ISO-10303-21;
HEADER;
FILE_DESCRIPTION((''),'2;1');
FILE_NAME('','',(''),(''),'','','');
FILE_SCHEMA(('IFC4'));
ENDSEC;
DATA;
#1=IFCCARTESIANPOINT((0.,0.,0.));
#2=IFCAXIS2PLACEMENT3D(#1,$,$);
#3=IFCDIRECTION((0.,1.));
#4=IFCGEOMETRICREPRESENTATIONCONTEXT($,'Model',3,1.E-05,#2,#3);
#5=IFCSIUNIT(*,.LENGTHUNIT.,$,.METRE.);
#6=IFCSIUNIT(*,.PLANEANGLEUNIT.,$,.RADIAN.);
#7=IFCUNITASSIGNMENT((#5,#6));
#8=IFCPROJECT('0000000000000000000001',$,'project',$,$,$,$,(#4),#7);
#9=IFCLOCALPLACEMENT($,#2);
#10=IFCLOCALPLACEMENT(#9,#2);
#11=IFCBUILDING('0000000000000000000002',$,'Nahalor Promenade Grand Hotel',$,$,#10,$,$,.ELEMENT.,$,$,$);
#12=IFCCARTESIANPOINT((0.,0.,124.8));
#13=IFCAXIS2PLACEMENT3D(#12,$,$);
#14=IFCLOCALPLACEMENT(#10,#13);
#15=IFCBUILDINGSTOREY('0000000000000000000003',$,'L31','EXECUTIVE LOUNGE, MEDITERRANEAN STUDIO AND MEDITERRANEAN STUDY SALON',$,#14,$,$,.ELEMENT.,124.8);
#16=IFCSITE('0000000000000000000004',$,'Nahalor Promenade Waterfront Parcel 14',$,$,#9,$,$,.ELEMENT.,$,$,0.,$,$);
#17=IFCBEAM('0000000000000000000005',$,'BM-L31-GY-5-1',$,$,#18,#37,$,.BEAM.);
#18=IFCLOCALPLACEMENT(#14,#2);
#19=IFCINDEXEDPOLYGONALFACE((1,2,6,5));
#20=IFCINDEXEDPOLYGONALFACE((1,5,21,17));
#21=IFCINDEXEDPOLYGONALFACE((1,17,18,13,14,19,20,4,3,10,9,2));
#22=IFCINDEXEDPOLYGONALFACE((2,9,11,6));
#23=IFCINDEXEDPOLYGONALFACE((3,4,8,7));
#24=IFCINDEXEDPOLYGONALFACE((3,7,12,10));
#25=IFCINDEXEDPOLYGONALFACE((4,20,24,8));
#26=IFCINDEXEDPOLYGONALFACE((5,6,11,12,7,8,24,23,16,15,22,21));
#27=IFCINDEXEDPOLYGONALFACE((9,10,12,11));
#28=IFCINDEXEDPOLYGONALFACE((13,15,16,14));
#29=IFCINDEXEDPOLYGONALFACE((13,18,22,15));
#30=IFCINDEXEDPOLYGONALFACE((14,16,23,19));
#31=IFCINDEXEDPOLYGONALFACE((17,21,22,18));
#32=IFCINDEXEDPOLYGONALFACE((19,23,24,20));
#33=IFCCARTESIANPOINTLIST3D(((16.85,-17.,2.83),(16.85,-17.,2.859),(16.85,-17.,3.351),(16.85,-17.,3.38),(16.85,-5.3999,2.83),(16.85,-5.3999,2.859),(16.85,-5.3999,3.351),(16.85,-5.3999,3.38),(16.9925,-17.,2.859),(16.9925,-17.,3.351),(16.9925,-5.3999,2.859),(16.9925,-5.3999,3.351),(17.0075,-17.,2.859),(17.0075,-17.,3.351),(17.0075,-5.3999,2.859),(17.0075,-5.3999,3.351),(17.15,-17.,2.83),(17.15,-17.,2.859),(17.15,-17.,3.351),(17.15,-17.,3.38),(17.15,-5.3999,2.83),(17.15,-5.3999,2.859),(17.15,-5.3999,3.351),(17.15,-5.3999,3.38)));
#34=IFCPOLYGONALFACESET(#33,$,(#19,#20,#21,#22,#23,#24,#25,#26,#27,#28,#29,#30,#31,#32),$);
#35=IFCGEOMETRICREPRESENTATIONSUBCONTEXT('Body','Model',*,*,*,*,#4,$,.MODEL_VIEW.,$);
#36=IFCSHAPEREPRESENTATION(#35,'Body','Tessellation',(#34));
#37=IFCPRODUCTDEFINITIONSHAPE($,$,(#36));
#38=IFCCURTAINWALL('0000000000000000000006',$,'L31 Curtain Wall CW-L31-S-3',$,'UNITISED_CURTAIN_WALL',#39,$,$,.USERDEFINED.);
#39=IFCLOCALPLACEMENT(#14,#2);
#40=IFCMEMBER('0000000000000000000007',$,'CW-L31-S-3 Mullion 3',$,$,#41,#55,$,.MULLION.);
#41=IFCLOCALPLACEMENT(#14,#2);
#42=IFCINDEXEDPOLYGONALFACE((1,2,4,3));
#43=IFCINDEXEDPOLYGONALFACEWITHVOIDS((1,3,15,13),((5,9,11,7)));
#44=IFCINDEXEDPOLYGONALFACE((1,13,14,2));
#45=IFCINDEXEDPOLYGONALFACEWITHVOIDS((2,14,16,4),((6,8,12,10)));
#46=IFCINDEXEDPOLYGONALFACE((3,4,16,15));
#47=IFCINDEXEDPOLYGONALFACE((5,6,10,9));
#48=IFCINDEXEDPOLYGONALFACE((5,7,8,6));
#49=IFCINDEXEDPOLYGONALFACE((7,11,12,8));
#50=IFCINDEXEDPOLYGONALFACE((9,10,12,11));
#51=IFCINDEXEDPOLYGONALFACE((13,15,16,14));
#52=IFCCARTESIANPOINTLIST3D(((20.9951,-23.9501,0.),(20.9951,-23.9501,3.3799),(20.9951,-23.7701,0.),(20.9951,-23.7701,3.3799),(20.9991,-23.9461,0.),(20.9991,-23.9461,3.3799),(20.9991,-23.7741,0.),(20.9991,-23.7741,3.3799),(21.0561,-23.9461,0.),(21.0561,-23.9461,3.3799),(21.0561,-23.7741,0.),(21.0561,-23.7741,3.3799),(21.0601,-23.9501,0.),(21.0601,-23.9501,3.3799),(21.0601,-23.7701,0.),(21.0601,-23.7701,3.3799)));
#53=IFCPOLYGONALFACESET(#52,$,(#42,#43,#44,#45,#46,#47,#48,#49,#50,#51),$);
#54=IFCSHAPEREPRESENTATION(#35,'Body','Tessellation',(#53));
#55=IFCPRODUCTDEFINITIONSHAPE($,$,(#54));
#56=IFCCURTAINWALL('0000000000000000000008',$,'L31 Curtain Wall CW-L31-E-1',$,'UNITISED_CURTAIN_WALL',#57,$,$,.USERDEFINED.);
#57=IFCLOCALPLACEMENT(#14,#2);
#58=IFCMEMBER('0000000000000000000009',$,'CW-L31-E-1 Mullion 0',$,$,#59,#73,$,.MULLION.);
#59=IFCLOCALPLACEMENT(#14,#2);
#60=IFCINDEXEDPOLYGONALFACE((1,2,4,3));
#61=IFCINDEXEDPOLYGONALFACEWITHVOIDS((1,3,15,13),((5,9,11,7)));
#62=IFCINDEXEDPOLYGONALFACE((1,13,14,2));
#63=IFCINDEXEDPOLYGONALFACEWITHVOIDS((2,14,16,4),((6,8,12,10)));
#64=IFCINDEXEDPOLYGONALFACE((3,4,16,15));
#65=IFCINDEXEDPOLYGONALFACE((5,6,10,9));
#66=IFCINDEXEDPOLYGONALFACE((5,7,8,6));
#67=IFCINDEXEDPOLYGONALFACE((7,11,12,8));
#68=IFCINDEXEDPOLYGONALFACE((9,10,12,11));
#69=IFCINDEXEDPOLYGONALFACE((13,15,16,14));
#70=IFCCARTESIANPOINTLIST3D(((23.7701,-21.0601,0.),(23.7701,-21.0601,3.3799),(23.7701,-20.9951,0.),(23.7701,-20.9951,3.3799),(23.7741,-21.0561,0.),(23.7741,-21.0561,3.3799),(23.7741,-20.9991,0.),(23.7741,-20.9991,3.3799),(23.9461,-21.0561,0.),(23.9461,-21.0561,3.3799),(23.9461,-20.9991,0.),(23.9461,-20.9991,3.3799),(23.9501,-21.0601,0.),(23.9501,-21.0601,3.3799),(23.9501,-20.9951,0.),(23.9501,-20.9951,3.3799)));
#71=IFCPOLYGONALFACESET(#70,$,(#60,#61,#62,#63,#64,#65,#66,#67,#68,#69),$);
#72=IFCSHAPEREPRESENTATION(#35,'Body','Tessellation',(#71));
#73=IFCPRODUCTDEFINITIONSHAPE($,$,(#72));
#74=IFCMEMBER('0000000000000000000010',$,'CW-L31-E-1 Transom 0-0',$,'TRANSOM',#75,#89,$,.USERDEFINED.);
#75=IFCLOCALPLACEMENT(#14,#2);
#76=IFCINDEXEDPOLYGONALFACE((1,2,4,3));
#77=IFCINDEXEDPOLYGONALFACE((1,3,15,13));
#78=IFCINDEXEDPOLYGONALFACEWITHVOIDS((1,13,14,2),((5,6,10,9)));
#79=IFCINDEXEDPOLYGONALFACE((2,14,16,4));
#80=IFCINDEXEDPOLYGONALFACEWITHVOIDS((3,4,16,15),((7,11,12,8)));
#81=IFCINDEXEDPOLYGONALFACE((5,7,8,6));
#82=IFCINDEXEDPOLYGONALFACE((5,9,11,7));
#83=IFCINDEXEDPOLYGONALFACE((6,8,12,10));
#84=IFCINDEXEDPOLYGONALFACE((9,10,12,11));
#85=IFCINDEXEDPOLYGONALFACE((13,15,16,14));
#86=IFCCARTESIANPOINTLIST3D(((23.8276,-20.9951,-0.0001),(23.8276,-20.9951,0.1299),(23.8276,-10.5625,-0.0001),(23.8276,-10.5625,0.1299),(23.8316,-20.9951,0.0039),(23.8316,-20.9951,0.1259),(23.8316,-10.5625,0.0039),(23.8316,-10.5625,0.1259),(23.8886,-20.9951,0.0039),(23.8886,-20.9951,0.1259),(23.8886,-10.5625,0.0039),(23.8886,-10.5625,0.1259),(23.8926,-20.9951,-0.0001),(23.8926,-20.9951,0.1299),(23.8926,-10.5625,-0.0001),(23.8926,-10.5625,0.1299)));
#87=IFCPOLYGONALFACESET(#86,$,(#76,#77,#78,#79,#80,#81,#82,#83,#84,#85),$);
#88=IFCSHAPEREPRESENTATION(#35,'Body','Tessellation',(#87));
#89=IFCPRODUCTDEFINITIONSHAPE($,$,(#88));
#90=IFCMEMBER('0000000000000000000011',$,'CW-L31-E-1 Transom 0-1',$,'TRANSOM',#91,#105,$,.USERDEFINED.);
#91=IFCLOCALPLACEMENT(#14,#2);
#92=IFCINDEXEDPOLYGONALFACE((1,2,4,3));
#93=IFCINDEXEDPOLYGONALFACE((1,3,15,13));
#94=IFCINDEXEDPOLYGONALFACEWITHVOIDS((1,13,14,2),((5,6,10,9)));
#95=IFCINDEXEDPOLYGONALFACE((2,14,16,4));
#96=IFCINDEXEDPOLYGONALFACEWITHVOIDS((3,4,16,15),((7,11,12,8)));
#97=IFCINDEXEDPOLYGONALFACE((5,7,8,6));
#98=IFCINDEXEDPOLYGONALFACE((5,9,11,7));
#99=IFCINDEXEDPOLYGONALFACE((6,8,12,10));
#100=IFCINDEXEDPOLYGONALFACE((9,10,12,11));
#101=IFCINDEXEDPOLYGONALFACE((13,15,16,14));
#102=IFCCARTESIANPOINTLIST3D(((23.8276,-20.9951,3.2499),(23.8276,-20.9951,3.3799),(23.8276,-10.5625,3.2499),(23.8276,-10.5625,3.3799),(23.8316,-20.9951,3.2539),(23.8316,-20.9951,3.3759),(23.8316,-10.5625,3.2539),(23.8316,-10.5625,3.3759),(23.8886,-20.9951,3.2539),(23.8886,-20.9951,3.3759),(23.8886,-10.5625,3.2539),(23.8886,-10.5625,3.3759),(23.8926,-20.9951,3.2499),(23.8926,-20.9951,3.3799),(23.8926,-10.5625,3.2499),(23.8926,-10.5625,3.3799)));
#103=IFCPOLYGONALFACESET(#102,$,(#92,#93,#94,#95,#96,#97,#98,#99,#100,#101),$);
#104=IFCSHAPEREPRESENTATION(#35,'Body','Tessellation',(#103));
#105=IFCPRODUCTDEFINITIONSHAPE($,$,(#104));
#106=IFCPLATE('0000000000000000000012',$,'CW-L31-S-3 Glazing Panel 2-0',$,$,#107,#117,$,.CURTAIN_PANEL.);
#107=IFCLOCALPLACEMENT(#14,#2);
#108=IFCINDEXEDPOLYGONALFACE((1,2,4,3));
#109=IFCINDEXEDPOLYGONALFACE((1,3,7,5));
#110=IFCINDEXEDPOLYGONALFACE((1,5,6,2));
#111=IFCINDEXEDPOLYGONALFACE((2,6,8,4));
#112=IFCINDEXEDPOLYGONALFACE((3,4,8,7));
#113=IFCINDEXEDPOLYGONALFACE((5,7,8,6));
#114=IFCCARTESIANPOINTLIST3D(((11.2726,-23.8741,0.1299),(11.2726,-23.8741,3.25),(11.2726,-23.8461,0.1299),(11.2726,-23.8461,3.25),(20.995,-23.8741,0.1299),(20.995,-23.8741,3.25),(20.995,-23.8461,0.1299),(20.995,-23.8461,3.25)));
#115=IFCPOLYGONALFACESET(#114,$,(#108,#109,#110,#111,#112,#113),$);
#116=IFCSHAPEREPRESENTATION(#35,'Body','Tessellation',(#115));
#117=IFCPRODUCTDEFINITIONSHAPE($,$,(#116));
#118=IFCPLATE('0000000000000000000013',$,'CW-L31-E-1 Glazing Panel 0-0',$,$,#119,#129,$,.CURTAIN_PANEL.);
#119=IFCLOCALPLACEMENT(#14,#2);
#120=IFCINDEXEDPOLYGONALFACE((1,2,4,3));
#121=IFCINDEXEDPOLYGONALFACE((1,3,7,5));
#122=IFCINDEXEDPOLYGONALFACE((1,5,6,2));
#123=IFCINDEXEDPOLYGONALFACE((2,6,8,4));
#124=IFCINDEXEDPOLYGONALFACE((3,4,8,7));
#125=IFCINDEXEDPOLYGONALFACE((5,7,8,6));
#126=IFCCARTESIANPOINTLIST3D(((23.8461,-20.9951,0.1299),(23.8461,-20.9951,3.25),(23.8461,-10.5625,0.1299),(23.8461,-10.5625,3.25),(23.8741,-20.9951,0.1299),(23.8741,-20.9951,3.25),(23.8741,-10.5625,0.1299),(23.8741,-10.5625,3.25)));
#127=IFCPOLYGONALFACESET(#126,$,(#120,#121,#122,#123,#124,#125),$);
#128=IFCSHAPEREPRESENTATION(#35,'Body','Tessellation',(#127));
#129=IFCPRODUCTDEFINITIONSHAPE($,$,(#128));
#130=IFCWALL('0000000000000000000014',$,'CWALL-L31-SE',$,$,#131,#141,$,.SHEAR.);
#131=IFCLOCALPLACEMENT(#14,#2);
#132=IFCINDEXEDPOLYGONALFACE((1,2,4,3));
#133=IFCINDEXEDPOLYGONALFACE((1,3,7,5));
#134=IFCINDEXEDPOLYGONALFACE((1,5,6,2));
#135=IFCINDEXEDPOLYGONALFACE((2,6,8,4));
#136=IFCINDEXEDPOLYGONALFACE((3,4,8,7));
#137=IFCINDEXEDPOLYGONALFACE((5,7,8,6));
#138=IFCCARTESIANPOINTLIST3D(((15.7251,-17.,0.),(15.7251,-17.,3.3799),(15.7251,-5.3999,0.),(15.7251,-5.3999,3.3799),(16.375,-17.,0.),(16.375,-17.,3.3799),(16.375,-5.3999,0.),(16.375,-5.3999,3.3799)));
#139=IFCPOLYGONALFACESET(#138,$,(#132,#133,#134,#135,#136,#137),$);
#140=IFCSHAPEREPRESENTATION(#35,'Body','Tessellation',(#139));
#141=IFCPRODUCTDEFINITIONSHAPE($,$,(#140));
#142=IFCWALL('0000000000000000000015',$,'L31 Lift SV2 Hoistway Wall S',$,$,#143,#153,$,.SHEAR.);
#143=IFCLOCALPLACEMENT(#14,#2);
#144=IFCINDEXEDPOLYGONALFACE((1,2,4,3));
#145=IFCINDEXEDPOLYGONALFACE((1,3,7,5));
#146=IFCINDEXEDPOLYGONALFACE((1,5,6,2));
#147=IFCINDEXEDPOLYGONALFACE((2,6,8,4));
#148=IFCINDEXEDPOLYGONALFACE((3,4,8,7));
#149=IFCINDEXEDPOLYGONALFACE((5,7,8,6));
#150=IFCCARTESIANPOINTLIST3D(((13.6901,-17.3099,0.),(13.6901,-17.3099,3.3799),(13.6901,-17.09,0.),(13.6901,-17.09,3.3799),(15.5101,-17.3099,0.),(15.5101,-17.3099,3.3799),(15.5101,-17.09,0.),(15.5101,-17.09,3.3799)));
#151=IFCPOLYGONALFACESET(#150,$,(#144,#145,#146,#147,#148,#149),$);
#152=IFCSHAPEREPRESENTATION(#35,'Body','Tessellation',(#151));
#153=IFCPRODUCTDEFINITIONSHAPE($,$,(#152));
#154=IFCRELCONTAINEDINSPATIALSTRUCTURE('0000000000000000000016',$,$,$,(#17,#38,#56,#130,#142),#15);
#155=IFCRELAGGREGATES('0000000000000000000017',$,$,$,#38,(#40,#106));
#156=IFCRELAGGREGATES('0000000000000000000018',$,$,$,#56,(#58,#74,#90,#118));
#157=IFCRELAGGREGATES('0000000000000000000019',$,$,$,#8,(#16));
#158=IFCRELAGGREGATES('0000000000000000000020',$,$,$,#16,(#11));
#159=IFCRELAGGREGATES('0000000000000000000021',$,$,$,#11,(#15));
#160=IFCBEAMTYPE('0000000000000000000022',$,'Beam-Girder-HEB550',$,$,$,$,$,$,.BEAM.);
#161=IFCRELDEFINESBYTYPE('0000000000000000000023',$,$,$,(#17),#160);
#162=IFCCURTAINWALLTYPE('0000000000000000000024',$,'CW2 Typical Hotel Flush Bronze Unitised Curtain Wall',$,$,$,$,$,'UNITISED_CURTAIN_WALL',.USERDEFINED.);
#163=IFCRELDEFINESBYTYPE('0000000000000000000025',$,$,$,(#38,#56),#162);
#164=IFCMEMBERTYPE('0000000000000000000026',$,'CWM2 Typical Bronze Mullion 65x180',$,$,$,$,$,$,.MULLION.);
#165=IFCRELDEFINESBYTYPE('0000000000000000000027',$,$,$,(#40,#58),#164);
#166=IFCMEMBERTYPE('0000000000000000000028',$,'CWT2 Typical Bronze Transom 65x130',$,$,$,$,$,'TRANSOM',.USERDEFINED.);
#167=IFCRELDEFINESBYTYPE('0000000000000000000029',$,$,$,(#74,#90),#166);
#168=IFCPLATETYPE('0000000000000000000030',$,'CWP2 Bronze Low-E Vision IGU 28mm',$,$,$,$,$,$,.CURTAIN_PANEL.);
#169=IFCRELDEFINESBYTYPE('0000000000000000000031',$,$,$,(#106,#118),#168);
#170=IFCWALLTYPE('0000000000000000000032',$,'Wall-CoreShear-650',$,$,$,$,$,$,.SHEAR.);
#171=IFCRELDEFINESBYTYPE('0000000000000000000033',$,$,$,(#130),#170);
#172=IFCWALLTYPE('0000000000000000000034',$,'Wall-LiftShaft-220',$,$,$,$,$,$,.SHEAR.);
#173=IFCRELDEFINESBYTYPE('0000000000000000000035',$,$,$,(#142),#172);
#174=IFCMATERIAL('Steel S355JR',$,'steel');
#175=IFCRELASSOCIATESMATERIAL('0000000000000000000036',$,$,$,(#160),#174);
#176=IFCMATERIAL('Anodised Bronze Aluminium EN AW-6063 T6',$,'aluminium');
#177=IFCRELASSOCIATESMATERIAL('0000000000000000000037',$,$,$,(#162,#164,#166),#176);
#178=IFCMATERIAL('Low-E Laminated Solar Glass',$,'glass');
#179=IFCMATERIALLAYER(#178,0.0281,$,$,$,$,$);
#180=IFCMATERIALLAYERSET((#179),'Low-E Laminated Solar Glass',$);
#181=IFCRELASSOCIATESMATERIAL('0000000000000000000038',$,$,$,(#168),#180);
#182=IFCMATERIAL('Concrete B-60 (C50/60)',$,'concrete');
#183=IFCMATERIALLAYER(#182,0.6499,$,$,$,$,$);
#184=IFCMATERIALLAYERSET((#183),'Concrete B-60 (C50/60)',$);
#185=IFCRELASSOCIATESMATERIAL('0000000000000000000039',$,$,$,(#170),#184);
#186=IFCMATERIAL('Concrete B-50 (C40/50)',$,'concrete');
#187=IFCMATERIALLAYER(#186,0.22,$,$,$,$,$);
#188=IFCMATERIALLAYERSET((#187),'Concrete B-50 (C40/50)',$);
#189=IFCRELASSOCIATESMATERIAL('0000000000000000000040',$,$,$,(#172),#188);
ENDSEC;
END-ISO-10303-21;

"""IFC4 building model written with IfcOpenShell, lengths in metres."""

from ifc_helpers import new_model, si_unit, direction, frame, frame_2d, origin, origin_2d, place, context, subcontext, project, spatial, rectangle, hollow_rectangle, i_section, extrude, source, transform, mapped, material, layer, layer_set, material_profile, profile_set, type_object, element, aggregate, save


model = new_model("IFC4")

# Units and contexts
model_context = context("Model", 3, precision=1e-05, world=origin(), true_north=direction((0.0, 1.0)))
body_context = subcontext(model_context, "Body", "Model", "MODEL_VIEW")
ifc_project = project(units=[si_unit("LENGTHUNIT", "METRE"), si_unit("PLANEANGLEUNIT", "RADIAN")], contexts=[model_context])

# Site, building, storey
site_placement = place(None, origin())
site = spatial("IfcSite", under=ifc_project, at=site_placement, Name="Nahalor Promenade Waterfront Parcel 14", CompositionType="ELEMENT", RefElevation=0.0)
building_placement = place(site_placement, origin())
building = spatial("IfcBuilding", under=site, at=building_placement, Name="Nahalor Promenade Grand Hotel", CompositionType="ELEMENT")
storey_placement = place(building_placement, frame((0.0, 0.0, 124.8)))
storey = spatial("IfcBuildingStorey", under=building, at=storey_placement, Name="L31", Description="EXECUTIVE LOUNGE, MEDITERRANEAN STUDIO AND MEDITERRANEAN STUDY SALON", CompositionType="ELEMENT", Elevation=124.8)

# Shared definitions
ifc_material_1 = material(Name="Concrete B-60 (C50/60)", Category="concrete")

# Beam
ifc_material_2 = material(Name="Steel S355JR", Category="steel")
ifc_material_profile_1 = material_profile(ifc_material_2, i_section(OverallWidth=0.3, OverallDepth=0.55, WebThickness=0.015, FlangeThickness=0.029, at=origin_2d()), Name="HEB 550")
ifc_profile_set_1 = profile_set([ifc_material_profile_1], Name="Steel S355JR")
beam_type_1 = type_object("IfcBeamType", Name="Beam-Girder-HEB550", PredefinedType="BEAM", material=ifc_profile_set_1)
shared_shape_1 = source(origin(), body_context, "Body", "SweptSolid", [
    extrude(i_section(OverallWidth=0.3, OverallDepth=0.55, WebThickness=0.015, FlangeThickness=0.029, at=origin_2d()), origin(), (0.0, 0.0, 1.0), 11.6001),
])
beam_1_placement = place(storey_placement, frame((17.0, -17.0, 3.105), z_axis=(0.0, 1.0, 0.0), x_axis=(-1.0, 0.0, 0.0)))
element("IfcBeam", 1, at=beam_1_placement, inside=storey, type_object=beam_type_1, Name="BM-L31-GY-5-1", PredefinedType="BEAM", context=body_context, shape_type="MappedRepresentation", body=[
    mapped(shared_shape_1, transform((0.0, 0.0, 0.0), scale=1.0)),
])

# Curtain wall, member
ifc_material_3 = material(Name="Anodised Bronze Aluminium EN AW-6063 T6", Category="aluminium")
curtain_wall_type = type_object("IfcCurtainWallType", Name="CW2 Typical Hotel Flush Bronze Unitised Curtain Wall", ElementType="UNITISED_CURTAIN_WALL", PredefinedType="USERDEFINED", material=ifc_material_3)
curtain_wall_1_placement = place(storey_placement, origin())
curtain_wall_1 = element("IfcCurtainWall", 2, at=curtain_wall_1_placement, inside=storey, type_object=curtain_wall_type, Name="L31 Curtain Wall CW-L31-S-3", ObjectType="UNITISED_CURTAIN_WALL", PredefinedType="USERDEFINED")
ifc_material_profile_2 = material_profile(ifc_material_3, hollow_rectangle(XDim=0.065, YDim=0.18, WallThickness=0.004, at=origin_2d()), Name="CWM 65x180x4")
ifc_profile_set_2 = profile_set([ifc_material_profile_2], Name="Anodised Bronze Aluminium EN AW-6063 T6")
member_type_1 = type_object("IfcMemberType", Name="CWM2 Typical Bronze Mullion 65x180", PredefinedType="MULLION", material=ifc_profile_set_2)
shared_shape_2 = source(origin(), body_context, "Body", "SweptSolid", [
    extrude(hollow_rectangle(XDim=0.065, YDim=0.18, WallThickness=0.004, at=origin_2d()), origin(), (0.0, 0.0, 1.0), 3.3799),
])
member_1_placement = place(storey_placement, frame((21.0276, -23.8601, 0.0), z_axis=(0.0, 0.0, 1.0), x_axis=(1.0, 0.0, 0.0)))
member_1 = element("IfcMember", 3, at=member_1_placement, type_object=member_type_1, Name="CW-L31-S-3 Mullion 3", PredefinedType="MULLION", context=body_context, shape_type="MappedRepresentation", body=[
    mapped(shared_shape_2, transform((0.0, 0.0, 0.0), scale=1.0)),
])

# Curtain wall, members
curtain_wall_2_placement = place(storey_placement, origin())
curtain_wall_2 = element("IfcCurtainWall", 4, at=curtain_wall_2_placement, inside=storey, type_object=curtain_wall_type, Name="L31 Curtain Wall CW-L31-E-1", ObjectType="UNITISED_CURTAIN_WALL", PredefinedType="USERDEFINED")
member_2_placement = place(storey_placement, frame((23.8601, -21.0276, 0.0), z_axis=(0.0, 0.0, 1.0), x_axis=(0.0, 1.0, 0.0)))
member_2 = element("IfcMember", 5, at=member_2_placement, type_object=member_type_1, Name="CW-L31-E-1 Mullion 0", PredefinedType="MULLION", context=body_context, shape_type="MappedRepresentation", body=[
    mapped(shared_shape_2, transform((0.0, 0.0, 0.0), scale=1.0)),
])
ifc_material_profile_3 = material_profile(ifc_material_3, hollow_rectangle(XDim=0.065, YDim=0.13, WallThickness=0.004, at=origin_2d()), Name="CWT 65x130x4")
ifc_profile_set_3 = profile_set([ifc_material_profile_3], Name="Anodised Bronze Aluminium EN AW-6063 T6")
member_type_2 = type_object("IfcMemberType", Name="CWT2 Typical Bronze Transom 65x130", ElementType="TRANSOM", PredefinedType="USERDEFINED", material=ifc_profile_set_3)
shared_shape_3 = source(origin(), body_context, "Body", "SweptSolid", [
    extrude(hollow_rectangle(XDim=0.065, YDim=0.13, WallThickness=0.004, at=origin_2d()), origin(), (0.0, 0.0, 1.0), 10.4326),
])
member_3_placement = place(storey_placement, frame((23.8601, -20.9951, 0.0649), z_axis=(0.0, 1.0, 0.0), x_axis=(-1.0, 0.0, 0.0)))
member_3 = element("IfcMember", 6, at=member_3_placement, type_object=member_type_2, Name="CW-L31-E-1 Transom 0-0", ObjectType="TRANSOM", PredefinedType="USERDEFINED", context=body_context, shape_type="MappedRepresentation", body=[
    mapped(shared_shape_3, transform((0.0, 0.0, 0.0), scale=1.0)),
])
member_4_placement = place(storey_placement, frame((23.8601, -20.9951, 3.3149), z_axis=(0.0, 1.0, 0.0), x_axis=(-1.0, 0.0, 0.0)))
member_4 = element("IfcMember", 7, at=member_4_placement, type_object=member_type_2, Name="CW-L31-E-1 Transom 0-1", ObjectType="TRANSOM", PredefinedType="USERDEFINED", context=body_context, shape_type="MappedRepresentation", body=[
    mapped(shared_shape_3, transform((0.0, 0.0, 0.0), scale=1.0)),
])

# Plates
ifc_material_4 = material(Name="Low-E Laminated Solar Glass", Category="glass")
ifc_layer_1 = layer(ifc_material_4, 0.0281)
ifc_layer_set_1 = layer_set([ifc_layer_1], Name="Low-E Laminated Solar Glass")
plate_type = type_object("IfcPlateType", Name="CWP2 Bronze Low-E Vision IGU 28mm", PredefinedType="CURTAIN_PANEL", material=ifc_layer_set_1)
shared_shape_4 = source(origin(), body_context, "Body", "SweptSolid", [
    extrude(rectangle(XDim=9.7224, YDim=0.0281, at=origin_2d()), origin(), (0.0, 0.0, 1.0), 3.1201),
])
plate_1_placement = place(storey_placement, frame((16.1338, -23.8601, 0.1299), z_axis=(0.0, 0.0, 1.0), x_axis=(1.0, 0.0, 0.0)))
plate_1 = element("IfcPlate", 8, at=plate_1_placement, type_object=plate_type, Name="CW-L31-S-3 Glazing Panel 2-0", PredefinedType="CURTAIN_PANEL", context=body_context, shape_type="MappedRepresentation", body=[
    mapped(shared_shape_4, transform((0.0, 0.0, 0.0), scale=1.0)),
])
aggregate(curtain_wall_1, [member_1, plate_1])
shared_shape_5 = source(origin(), body_context, "Body", "SweptSolid", [
    extrude(rectangle(XDim=10.4326, YDim=0.0281, at=origin_2d()), origin(), (0.0, 0.0, 1.0), 3.1201),
])
plate_2_placement = place(storey_placement, frame((23.8601, -15.7788, 0.1299), z_axis=(0.0, 0.0, 1.0), x_axis=(0.0, 1.0, 0.0)))
plate_2 = element("IfcPlate", 9, at=plate_2_placement, type_object=plate_type, Name="CW-L31-E-1 Glazing Panel 0-0", PredefinedType="CURTAIN_PANEL", context=body_context, shape_type="MappedRepresentation", body=[
    mapped(shared_shape_5, transform((0.0, 0.0, 0.0), scale=1.0)),
])
aggregate(curtain_wall_2, [member_2, member_3, member_4, plate_2])

# Walls
ifc_layer_2 = layer(ifc_material_1, 0.6499)
ifc_layer_set_2 = layer_set([ifc_layer_2], Name="Concrete B-60 (C50/60)")
wall_type_1 = type_object("IfcWallType", Name="Wall-CoreShear-650", PredefinedType="SHEAR", material=ifc_layer_set_2)
shared_shape_6 = source(origin(), body_context, "Body", "SweptSolid", [
    extrude(rectangle(XDim=11.6001, YDim=0.6499, at=frame_2d((5.8, 0.0))), origin(), (0.0, 0.0, 1.0), 3.3799),
])
wall_1_placement = place(storey_placement, frame((16.05, -17.0, 0.0), z_axis=(0.0, 0.0, 1.0), x_axis=(0.0, 1.0, 0.0)))
element("IfcWall", 10, at=wall_1_placement, inside=storey, type_object=wall_type_1, Name="CWALL-L31-SE", PredefinedType="SHEAR", context=body_context, shape_type="MappedRepresentation", body=[
    mapped(shared_shape_6, transform((0.0, 0.0, 0.0), scale=1.0)),
])
ifc_material_5 = material(Name="Concrete B-50 (C40/50)", Category="concrete")
ifc_layer_3 = layer(ifc_material_5, 0.22)
ifc_layer_set_3 = layer_set([ifc_layer_3], Name="Concrete B-50 (C40/50)")
wall_type_2 = type_object("IfcWallType", Name="Wall-LiftShaft-220", PredefinedType="SHEAR", material=ifc_layer_set_3)
shared_shape_7 = source(origin(), body_context, "Body", "SweptSolid", [
    extrude(rectangle(XDim=1.8201, YDim=0.22, at=frame_2d((0.9102, 0.0))), origin(), (0.0, 0.0, 1.0), 3.3799),
])
wall_2_placement = place(storey_placement, frame((13.6899, -17.2, 0.0), z_axis=(0.0, 0.0, 1.0), x_axis=(1.0, 0.0, 0.0)))
element("IfcWall", 11, at=wall_2_placement, inside=storey, type_object=wall_type_2, Name="L31 Lift SV2 Hoistway Wall S", PredefinedType="SHEAR", context=body_context, shape_type="MappedRepresentation", body=[
    mapped(shared_shape_7, transform((0.0, 0.0, 0.0), scale=1.0)),
])

save(model, "model.ifc")
